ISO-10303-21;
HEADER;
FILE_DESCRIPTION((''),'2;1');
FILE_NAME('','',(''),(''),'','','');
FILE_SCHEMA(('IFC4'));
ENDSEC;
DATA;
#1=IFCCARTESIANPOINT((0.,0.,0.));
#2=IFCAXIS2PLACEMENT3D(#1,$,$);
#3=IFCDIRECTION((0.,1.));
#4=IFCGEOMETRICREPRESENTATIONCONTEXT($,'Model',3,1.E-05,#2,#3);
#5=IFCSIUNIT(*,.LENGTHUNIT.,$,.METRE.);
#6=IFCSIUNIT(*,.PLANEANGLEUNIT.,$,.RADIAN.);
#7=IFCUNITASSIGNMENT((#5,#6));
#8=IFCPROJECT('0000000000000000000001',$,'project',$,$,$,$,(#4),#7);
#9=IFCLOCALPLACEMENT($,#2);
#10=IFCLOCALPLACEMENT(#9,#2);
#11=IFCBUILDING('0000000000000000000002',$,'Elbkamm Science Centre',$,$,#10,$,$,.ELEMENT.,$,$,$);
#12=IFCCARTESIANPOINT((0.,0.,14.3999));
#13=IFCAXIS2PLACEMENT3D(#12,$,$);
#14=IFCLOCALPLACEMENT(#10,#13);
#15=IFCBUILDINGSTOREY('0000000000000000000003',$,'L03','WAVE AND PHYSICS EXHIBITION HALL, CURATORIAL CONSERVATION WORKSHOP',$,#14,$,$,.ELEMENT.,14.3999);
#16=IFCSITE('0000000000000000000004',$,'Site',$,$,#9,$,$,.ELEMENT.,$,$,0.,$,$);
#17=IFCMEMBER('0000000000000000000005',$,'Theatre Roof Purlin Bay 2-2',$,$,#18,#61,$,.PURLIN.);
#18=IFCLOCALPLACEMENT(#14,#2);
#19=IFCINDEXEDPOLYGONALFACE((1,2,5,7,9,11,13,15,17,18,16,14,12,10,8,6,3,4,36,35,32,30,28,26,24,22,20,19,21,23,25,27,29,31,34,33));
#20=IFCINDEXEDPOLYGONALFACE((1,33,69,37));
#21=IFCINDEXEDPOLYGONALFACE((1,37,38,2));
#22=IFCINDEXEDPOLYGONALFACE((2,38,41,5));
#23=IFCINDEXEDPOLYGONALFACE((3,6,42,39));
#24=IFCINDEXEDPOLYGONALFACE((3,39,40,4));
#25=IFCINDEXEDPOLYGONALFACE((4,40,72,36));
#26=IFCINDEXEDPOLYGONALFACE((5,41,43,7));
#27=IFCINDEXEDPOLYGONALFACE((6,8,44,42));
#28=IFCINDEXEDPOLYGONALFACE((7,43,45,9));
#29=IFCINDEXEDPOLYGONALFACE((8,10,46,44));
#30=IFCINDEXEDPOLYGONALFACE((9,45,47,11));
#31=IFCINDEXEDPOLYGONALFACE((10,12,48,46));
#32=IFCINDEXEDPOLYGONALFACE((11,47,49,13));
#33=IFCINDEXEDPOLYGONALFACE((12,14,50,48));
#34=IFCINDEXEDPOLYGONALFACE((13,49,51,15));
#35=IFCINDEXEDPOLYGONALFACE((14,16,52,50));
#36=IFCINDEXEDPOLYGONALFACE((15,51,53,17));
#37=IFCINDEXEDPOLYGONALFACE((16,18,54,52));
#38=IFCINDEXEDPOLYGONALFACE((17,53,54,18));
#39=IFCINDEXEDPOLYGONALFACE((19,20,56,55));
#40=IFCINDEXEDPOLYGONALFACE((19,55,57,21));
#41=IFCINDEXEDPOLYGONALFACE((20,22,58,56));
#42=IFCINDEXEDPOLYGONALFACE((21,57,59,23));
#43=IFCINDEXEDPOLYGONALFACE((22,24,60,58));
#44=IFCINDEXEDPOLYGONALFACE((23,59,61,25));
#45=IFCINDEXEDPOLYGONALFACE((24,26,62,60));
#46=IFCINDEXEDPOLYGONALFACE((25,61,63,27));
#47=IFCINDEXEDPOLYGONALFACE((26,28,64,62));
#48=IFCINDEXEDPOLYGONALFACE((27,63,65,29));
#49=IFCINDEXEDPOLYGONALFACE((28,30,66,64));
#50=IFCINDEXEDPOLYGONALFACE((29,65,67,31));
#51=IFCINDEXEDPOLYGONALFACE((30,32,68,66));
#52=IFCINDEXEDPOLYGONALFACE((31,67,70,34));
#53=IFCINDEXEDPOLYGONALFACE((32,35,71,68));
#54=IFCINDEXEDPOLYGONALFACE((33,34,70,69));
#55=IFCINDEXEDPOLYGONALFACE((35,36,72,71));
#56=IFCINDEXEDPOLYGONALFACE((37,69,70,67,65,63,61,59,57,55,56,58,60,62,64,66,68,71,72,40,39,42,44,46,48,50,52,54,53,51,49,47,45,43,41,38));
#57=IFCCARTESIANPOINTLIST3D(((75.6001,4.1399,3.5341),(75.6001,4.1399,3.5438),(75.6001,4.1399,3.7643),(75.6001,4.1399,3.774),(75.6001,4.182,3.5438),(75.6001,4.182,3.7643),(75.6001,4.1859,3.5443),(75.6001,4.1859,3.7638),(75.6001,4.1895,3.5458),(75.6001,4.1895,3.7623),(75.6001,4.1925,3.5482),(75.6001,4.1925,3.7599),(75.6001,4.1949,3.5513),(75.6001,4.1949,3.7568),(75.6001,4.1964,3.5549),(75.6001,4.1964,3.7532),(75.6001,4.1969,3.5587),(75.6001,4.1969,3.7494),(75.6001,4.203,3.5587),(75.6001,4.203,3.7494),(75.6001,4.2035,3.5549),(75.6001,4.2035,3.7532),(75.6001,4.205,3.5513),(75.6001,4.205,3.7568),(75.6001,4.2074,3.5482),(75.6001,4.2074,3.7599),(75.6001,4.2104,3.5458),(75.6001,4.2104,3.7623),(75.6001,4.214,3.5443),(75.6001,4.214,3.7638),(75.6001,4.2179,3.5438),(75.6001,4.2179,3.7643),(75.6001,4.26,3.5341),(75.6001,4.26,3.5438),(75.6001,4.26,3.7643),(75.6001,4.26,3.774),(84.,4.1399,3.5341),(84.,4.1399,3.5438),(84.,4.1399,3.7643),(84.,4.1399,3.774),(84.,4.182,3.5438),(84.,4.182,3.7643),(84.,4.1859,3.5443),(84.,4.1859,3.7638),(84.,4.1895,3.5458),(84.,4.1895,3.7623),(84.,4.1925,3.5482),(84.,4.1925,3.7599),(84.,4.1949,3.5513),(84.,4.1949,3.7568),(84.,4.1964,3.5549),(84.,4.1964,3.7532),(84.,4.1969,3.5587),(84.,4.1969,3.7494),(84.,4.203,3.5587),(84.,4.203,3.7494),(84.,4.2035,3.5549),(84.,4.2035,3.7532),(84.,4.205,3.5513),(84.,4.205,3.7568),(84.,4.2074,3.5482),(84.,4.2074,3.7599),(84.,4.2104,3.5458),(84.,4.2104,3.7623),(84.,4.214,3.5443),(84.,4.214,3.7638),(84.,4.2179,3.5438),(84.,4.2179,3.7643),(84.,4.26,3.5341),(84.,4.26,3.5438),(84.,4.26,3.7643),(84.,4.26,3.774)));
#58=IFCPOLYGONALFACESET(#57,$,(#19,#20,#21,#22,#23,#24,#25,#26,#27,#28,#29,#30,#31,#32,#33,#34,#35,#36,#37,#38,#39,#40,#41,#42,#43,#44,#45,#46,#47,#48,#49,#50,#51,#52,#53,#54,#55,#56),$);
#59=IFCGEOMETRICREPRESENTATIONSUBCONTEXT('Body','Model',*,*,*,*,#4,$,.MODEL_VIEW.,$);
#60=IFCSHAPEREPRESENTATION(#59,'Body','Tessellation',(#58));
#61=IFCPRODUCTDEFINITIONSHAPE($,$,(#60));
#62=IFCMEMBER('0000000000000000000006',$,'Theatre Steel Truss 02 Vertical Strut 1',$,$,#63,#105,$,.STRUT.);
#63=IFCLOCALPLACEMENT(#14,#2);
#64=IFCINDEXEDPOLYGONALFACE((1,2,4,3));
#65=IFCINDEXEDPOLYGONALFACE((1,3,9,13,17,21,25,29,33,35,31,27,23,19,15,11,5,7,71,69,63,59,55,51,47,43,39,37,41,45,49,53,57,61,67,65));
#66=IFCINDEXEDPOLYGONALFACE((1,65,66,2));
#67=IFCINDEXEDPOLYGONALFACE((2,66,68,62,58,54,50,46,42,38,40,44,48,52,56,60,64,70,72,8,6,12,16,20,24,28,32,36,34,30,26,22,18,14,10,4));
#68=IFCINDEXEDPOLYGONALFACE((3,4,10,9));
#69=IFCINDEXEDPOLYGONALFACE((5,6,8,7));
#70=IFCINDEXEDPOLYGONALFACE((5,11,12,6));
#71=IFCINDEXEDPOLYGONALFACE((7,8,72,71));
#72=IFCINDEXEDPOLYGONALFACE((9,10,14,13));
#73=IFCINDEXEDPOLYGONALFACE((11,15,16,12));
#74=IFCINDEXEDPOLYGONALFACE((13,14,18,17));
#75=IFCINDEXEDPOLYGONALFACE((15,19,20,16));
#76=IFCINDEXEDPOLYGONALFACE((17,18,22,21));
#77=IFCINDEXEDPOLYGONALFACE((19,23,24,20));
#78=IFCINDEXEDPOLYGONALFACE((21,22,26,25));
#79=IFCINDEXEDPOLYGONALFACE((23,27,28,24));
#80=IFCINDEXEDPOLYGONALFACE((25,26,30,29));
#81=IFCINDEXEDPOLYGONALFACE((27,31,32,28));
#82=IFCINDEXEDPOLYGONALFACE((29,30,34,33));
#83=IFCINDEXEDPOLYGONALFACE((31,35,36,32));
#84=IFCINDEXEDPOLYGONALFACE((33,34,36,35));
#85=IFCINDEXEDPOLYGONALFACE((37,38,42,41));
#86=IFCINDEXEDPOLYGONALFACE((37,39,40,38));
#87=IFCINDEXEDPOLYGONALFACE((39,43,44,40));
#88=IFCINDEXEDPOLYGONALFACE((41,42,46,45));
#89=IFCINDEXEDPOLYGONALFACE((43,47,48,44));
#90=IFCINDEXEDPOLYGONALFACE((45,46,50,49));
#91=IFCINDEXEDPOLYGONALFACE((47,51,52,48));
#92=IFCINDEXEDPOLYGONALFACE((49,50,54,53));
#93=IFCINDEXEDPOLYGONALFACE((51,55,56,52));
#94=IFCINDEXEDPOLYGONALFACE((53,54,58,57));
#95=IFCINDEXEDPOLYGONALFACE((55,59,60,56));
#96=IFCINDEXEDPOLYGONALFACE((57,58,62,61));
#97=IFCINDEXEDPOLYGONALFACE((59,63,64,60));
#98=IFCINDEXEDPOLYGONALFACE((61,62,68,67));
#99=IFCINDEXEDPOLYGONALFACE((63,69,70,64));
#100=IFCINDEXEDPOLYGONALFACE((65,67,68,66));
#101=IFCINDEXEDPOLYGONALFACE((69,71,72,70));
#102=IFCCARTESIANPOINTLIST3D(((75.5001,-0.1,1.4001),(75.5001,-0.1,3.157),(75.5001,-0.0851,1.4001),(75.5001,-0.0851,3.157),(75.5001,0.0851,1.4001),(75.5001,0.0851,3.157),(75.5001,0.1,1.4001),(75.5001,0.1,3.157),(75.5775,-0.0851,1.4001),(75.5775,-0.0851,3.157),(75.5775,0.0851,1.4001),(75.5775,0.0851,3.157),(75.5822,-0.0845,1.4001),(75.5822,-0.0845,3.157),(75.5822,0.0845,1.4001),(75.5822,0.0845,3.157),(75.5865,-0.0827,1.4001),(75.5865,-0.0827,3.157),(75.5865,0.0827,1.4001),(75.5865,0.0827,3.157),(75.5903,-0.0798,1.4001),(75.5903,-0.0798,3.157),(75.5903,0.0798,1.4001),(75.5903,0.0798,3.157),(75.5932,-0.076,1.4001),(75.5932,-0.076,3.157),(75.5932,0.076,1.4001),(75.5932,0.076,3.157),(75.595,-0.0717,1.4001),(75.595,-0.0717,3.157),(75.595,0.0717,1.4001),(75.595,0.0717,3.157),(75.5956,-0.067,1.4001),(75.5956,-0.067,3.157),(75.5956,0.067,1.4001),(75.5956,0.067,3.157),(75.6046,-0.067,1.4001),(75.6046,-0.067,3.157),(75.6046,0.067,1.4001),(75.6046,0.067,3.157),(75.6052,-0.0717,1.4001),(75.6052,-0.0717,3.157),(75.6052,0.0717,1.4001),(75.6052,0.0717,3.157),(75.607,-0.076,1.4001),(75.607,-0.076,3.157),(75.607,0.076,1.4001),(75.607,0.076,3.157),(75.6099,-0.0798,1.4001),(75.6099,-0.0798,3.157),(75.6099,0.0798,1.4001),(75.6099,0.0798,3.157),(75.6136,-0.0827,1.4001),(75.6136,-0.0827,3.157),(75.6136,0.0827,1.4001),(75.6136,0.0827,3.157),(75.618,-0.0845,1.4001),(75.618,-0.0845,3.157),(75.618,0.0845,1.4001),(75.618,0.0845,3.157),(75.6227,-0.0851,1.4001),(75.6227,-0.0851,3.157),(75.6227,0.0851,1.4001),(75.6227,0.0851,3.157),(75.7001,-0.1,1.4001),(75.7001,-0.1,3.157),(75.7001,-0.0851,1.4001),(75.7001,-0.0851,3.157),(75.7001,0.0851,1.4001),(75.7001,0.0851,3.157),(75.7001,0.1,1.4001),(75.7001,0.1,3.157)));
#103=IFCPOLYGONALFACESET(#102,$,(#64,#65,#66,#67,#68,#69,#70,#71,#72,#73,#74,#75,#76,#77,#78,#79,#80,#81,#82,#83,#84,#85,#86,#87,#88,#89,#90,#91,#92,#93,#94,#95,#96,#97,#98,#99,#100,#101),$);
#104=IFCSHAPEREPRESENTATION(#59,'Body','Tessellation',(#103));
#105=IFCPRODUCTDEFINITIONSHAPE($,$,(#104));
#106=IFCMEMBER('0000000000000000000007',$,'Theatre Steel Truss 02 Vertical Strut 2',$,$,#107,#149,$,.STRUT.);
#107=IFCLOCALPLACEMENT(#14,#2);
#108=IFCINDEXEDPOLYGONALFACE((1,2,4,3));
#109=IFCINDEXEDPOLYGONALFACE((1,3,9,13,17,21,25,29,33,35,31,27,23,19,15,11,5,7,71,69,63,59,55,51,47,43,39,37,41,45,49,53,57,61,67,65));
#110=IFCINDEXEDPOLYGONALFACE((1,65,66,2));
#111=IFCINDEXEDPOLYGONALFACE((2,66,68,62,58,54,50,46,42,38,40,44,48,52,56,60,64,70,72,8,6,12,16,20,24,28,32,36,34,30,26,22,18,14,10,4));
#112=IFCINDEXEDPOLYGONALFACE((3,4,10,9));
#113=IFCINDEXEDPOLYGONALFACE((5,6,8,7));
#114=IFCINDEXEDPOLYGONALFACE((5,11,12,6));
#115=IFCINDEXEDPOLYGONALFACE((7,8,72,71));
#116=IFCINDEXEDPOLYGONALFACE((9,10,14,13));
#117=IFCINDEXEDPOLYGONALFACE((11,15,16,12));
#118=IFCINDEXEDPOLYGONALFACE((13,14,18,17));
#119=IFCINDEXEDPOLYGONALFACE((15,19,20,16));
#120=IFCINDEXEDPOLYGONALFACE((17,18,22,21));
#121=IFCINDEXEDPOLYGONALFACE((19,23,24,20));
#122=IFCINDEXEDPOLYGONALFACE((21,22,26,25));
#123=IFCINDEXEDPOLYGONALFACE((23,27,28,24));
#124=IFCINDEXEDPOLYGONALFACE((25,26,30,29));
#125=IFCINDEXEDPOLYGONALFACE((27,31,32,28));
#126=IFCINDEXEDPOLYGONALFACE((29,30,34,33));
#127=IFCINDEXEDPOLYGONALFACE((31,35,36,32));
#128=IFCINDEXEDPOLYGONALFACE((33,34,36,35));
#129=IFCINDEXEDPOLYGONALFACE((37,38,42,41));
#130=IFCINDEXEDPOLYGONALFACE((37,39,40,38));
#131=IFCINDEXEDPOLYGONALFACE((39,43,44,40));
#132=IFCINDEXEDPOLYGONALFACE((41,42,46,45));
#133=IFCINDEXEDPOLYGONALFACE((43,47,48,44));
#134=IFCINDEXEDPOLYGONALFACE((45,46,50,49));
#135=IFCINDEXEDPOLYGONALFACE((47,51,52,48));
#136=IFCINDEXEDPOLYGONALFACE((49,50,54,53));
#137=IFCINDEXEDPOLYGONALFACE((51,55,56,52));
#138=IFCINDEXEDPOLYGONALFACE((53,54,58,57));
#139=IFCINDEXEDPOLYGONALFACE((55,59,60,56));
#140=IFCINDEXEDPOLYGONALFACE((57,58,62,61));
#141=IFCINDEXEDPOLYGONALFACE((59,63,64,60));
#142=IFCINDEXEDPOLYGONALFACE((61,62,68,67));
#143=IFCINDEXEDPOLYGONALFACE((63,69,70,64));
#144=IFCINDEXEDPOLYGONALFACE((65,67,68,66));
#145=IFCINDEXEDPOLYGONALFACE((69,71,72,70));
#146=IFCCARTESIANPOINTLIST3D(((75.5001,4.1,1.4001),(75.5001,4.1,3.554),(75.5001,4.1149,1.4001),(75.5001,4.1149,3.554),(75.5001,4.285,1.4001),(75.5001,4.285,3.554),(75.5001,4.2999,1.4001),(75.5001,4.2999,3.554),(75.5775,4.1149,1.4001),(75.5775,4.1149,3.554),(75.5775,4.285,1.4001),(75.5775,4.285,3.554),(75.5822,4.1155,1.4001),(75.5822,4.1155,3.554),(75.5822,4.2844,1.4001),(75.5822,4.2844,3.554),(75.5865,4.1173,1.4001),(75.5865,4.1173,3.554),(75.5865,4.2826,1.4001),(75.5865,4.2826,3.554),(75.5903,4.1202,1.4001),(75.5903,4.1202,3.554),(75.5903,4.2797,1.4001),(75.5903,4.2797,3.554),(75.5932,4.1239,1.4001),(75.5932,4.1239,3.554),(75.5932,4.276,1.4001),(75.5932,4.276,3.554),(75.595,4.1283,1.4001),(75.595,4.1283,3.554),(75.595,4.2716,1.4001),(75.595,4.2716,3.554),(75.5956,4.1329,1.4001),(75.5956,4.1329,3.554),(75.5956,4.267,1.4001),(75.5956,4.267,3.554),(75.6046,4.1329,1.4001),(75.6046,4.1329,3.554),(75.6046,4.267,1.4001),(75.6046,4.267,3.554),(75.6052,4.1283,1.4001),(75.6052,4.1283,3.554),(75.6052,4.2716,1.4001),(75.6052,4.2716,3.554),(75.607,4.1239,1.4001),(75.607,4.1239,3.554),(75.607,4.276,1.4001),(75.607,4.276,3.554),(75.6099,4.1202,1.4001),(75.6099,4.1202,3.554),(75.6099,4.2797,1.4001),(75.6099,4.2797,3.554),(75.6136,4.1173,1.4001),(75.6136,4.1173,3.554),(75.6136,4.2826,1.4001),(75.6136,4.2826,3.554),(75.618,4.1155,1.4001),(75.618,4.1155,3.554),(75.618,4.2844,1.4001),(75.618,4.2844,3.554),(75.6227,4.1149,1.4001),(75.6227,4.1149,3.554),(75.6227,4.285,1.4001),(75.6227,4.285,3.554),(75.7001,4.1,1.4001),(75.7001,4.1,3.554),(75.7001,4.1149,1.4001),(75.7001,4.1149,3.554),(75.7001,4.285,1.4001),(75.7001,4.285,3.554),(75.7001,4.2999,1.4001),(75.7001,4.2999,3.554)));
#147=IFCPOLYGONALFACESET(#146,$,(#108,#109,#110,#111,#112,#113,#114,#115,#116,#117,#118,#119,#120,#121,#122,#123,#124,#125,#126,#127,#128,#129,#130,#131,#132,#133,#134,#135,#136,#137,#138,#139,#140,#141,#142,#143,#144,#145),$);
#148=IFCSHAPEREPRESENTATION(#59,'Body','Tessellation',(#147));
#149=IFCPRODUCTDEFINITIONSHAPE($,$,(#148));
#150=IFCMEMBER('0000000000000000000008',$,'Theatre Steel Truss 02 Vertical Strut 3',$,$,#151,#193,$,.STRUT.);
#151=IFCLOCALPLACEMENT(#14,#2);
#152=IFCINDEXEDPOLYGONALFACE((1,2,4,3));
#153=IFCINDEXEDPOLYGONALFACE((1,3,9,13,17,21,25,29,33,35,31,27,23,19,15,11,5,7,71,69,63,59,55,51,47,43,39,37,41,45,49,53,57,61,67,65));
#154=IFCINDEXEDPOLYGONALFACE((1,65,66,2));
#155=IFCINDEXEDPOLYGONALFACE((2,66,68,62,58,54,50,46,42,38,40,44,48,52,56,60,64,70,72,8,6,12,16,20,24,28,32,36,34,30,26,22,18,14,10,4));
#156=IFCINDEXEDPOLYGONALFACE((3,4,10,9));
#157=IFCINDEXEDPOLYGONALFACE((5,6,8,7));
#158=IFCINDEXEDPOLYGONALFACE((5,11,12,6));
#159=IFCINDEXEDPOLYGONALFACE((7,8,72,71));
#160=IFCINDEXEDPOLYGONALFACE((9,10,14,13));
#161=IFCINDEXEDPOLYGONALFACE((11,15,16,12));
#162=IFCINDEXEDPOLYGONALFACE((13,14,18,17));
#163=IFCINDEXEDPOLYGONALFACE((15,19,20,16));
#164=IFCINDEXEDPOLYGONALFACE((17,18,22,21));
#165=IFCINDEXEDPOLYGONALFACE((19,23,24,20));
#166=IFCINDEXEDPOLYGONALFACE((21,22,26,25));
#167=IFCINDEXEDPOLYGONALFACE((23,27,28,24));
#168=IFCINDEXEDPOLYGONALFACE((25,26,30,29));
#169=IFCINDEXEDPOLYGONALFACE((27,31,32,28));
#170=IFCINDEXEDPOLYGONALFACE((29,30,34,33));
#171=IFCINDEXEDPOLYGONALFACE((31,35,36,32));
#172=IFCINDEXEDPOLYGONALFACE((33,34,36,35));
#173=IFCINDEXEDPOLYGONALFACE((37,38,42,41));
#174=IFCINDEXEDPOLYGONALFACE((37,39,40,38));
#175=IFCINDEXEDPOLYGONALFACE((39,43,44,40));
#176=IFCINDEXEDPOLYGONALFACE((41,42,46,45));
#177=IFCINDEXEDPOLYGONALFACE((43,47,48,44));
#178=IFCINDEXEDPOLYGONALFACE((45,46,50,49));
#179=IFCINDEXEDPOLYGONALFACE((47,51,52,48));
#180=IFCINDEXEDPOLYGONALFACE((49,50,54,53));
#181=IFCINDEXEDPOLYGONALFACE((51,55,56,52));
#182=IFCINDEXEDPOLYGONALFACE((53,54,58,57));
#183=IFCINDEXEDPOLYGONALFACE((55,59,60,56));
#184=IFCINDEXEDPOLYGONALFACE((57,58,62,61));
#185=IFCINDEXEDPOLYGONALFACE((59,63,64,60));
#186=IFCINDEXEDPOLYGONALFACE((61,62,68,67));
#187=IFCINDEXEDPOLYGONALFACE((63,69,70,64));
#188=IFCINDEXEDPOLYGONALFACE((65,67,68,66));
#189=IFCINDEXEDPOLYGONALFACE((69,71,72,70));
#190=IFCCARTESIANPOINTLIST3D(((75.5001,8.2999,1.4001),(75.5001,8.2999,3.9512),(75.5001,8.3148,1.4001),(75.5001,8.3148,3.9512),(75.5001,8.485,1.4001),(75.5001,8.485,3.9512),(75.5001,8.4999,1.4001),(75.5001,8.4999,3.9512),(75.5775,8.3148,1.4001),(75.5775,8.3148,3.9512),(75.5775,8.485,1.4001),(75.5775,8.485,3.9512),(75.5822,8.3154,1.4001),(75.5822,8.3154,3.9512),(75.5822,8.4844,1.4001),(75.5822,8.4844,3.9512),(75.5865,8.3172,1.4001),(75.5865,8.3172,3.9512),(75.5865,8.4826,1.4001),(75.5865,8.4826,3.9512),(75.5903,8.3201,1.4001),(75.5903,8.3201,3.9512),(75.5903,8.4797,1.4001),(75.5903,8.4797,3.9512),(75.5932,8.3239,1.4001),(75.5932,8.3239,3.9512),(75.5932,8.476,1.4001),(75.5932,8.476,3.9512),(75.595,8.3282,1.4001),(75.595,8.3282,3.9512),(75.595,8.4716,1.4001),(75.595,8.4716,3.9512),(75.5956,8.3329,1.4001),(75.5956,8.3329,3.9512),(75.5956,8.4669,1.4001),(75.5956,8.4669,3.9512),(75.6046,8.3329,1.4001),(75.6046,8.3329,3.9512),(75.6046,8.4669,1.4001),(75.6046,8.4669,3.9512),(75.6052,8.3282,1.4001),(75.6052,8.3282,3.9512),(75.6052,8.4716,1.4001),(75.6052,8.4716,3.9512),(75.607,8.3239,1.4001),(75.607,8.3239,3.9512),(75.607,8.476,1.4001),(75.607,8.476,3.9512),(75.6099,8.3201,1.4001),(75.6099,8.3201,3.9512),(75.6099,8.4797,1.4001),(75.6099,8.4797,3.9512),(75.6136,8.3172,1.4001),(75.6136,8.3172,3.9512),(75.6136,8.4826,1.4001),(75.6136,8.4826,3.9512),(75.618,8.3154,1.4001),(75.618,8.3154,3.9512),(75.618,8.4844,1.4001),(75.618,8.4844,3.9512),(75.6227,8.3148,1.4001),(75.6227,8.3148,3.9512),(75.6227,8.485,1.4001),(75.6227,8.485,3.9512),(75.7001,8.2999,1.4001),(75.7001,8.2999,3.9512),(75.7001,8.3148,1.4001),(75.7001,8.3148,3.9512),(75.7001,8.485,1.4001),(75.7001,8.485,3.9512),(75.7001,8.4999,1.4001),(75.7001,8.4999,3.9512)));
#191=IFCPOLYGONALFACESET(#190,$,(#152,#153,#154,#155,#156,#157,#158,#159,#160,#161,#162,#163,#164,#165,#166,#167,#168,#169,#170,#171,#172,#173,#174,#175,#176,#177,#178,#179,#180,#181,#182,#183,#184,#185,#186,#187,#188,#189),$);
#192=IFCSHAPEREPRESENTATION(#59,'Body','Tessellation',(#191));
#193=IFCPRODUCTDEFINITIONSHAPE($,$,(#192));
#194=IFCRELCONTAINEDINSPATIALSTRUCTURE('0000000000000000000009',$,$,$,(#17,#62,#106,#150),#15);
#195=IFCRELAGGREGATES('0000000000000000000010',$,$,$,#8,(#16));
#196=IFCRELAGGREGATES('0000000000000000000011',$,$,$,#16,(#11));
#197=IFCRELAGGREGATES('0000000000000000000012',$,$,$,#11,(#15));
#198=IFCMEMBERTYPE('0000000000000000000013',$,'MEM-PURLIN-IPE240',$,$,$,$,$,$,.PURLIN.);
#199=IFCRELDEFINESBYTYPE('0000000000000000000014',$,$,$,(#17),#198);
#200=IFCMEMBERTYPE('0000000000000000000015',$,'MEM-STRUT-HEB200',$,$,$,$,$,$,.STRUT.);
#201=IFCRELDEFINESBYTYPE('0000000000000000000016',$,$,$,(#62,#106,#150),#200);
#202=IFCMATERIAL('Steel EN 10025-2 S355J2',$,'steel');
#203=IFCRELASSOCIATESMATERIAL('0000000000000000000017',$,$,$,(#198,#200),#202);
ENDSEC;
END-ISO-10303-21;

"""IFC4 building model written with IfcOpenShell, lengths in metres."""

from ifc_helpers import new_model, si_unit, direction, frame, origin, origin_2d, place, context, subcontext, project, spatial, i_section, extrude, material, material_profile, profile_set, type_object, element, save


model = new_model("IFC4")

# Units and contexts
model_context = context("Model", 3, precision=1e-05, world=origin(), true_north=direction((0.0, 1.0)))
body_context = subcontext(model_context, "Body", "Model", "MODEL_VIEW")
ifc_project = project(units=[si_unit("LENGTHUNIT", "METRE"), si_unit("PLANEANGLEUNIT", "RADIAN")], contexts=[model_context])

# Site, building, storey
site_placement = place(None, origin())
site = spatial("IfcSite", under=ifc_project, at=site_placement, Name="Site", CompositionType="ELEMENT", RefElevation=0.0)
building_placement = place(site_placement, origin())
building = spatial("IfcBuilding", under=site, at=building_placement, Name="Elbkamm Science Centre", CompositionType="ELEMENT")
storey_placement = place(building_placement, frame((0.0, 0.0, 14.3999)))
storey = spatial("IfcBuildingStorey", under=building, at=storey_placement, Name="L03", Description="WAVE AND PHYSICS EXHIBITION HALL, CURATORIAL CONSERVATION WORKSHOP", CompositionType="ELEMENT", Elevation=14.3999)

# Shared definitions
ifc_material_1 = material(Name="Steel EN 10025-2 S355J2", Category="steel")

# Members
ifc_material_profile_1 = material_profile(ifc_material_1, i_section(OverallWidth=0.1201, OverallDepth=0.24, WebThickness=0.0061, FlangeThickness=0.0098, FilletRadius=0.0149, at=origin_2d()), Name="IPE 240")
ifc_profile_set_1 = profile_set([ifc_material_profile_1], Name="Steel EN 10025-2 S355J2")
member_type_1 = type_object("IfcMemberType", Name="MEM-PURLIN-IPE240", PredefinedType="PURLIN", material=ifc_profile_set_1)
for number, where, z_axis, x_axis, name in (
    (1, (75.6001, 4.2, 3.6541), (1.0, 0.0, 0.0), (0.0, 1.0, 0.0), "Theatre Roof Purlin Bay 2-2"),
):
    element("IfcMember", number, at=place(storey_placement, frame(where, z_axis=z_axis, x_axis=x_axis)), inside=storey, type_object=member_type_1, Name=name, PredefinedType="PURLIN", context=body_context, shape_type="SweptSolid", body=[
        extrude(i_section(OverallWidth=0.1201, OverallDepth=0.24, WebThickness=0.0061, FlangeThickness=0.0098, FilletRadius=0.0149, at=origin_2d()), origin(), (0.0, 0.0, 1.0), 8.3999),
    ])
ifc_material_profile_2 = material_profile(ifc_material_1, i_section(OverallWidth=0.2, OverallDepth=0.2, WebThickness=0.009, FlangeThickness=0.0149, FilletRadius=0.0181, at=origin_2d()), Name="HEB 200")
ifc_profile_set_2 = profile_set([ifc_material_profile_2], Name="Steel EN 10025-2 S355J2")
member_type_2 = type_object("IfcMemberType", Name="MEM-STRUT-HEB200", PredefinedType="STRUT", material=ifc_profile_set_2)
member_1_placement = place(storey_placement, frame((75.6001, 0.0, 1.4001), z_axis=(0.0, 0.0, 1.0), x_axis=(1.0, 0.0, 0.0)))
element("IfcMember", 2, at=member_1_placement, inside=storey, type_object=member_type_2, Name="Theatre Steel Truss 02 Vertical Strut 1", PredefinedType="STRUT", context=body_context, shape_type="SweptSolid", body=[
    extrude(i_section(OverallWidth=0.2, OverallDepth=0.2, WebThickness=0.009, FlangeThickness=0.0149, FilletRadius=0.0181, at=origin_2d()), origin(), (0.0, 0.0, 1.0), 1.7568),
])
member_2_placement = place(storey_placement, frame((75.6001, 4.2, 1.4001), z_axis=(0.0, 0.0, 1.0), x_axis=(1.0, 0.0, 0.0)))
element("IfcMember", 3, at=member_2_placement, inside=storey, type_object=member_type_2, Name="Theatre Steel Truss 02 Vertical Strut 2", PredefinedType="STRUT", context=body_context, shape_type="SweptSolid", body=[
    extrude(i_section(OverallWidth=0.2, OverallDepth=0.2, WebThickness=0.009, FlangeThickness=0.0149, FilletRadius=0.0181, at=origin_2d()), origin(), (0.0, 0.0, 1.0), 2.1538),
])
member_3_placement = place(storey_placement, frame((75.6001, 8.3999, 1.4001), z_axis=(0.0, 0.0, 1.0), x_axis=(1.0, 0.0, 0.0)))
element("IfcMember", 4, at=member_3_placement, inside=storey, type_object=member_type_2, Name="Theatre Steel Truss 02 Vertical Strut 3", PredefinedType="STRUT", context=body_context, shape_type="SweptSolid", body=[
    extrude(i_section(OverallWidth=0.2, OverallDepth=0.2, WebThickness=0.009, FlangeThickness=0.0149, FilletRadius=0.0181, at=origin_2d()), origin(), (0.0, 0.0, 1.0), 2.551),
])

save(model, "model.ifc")
